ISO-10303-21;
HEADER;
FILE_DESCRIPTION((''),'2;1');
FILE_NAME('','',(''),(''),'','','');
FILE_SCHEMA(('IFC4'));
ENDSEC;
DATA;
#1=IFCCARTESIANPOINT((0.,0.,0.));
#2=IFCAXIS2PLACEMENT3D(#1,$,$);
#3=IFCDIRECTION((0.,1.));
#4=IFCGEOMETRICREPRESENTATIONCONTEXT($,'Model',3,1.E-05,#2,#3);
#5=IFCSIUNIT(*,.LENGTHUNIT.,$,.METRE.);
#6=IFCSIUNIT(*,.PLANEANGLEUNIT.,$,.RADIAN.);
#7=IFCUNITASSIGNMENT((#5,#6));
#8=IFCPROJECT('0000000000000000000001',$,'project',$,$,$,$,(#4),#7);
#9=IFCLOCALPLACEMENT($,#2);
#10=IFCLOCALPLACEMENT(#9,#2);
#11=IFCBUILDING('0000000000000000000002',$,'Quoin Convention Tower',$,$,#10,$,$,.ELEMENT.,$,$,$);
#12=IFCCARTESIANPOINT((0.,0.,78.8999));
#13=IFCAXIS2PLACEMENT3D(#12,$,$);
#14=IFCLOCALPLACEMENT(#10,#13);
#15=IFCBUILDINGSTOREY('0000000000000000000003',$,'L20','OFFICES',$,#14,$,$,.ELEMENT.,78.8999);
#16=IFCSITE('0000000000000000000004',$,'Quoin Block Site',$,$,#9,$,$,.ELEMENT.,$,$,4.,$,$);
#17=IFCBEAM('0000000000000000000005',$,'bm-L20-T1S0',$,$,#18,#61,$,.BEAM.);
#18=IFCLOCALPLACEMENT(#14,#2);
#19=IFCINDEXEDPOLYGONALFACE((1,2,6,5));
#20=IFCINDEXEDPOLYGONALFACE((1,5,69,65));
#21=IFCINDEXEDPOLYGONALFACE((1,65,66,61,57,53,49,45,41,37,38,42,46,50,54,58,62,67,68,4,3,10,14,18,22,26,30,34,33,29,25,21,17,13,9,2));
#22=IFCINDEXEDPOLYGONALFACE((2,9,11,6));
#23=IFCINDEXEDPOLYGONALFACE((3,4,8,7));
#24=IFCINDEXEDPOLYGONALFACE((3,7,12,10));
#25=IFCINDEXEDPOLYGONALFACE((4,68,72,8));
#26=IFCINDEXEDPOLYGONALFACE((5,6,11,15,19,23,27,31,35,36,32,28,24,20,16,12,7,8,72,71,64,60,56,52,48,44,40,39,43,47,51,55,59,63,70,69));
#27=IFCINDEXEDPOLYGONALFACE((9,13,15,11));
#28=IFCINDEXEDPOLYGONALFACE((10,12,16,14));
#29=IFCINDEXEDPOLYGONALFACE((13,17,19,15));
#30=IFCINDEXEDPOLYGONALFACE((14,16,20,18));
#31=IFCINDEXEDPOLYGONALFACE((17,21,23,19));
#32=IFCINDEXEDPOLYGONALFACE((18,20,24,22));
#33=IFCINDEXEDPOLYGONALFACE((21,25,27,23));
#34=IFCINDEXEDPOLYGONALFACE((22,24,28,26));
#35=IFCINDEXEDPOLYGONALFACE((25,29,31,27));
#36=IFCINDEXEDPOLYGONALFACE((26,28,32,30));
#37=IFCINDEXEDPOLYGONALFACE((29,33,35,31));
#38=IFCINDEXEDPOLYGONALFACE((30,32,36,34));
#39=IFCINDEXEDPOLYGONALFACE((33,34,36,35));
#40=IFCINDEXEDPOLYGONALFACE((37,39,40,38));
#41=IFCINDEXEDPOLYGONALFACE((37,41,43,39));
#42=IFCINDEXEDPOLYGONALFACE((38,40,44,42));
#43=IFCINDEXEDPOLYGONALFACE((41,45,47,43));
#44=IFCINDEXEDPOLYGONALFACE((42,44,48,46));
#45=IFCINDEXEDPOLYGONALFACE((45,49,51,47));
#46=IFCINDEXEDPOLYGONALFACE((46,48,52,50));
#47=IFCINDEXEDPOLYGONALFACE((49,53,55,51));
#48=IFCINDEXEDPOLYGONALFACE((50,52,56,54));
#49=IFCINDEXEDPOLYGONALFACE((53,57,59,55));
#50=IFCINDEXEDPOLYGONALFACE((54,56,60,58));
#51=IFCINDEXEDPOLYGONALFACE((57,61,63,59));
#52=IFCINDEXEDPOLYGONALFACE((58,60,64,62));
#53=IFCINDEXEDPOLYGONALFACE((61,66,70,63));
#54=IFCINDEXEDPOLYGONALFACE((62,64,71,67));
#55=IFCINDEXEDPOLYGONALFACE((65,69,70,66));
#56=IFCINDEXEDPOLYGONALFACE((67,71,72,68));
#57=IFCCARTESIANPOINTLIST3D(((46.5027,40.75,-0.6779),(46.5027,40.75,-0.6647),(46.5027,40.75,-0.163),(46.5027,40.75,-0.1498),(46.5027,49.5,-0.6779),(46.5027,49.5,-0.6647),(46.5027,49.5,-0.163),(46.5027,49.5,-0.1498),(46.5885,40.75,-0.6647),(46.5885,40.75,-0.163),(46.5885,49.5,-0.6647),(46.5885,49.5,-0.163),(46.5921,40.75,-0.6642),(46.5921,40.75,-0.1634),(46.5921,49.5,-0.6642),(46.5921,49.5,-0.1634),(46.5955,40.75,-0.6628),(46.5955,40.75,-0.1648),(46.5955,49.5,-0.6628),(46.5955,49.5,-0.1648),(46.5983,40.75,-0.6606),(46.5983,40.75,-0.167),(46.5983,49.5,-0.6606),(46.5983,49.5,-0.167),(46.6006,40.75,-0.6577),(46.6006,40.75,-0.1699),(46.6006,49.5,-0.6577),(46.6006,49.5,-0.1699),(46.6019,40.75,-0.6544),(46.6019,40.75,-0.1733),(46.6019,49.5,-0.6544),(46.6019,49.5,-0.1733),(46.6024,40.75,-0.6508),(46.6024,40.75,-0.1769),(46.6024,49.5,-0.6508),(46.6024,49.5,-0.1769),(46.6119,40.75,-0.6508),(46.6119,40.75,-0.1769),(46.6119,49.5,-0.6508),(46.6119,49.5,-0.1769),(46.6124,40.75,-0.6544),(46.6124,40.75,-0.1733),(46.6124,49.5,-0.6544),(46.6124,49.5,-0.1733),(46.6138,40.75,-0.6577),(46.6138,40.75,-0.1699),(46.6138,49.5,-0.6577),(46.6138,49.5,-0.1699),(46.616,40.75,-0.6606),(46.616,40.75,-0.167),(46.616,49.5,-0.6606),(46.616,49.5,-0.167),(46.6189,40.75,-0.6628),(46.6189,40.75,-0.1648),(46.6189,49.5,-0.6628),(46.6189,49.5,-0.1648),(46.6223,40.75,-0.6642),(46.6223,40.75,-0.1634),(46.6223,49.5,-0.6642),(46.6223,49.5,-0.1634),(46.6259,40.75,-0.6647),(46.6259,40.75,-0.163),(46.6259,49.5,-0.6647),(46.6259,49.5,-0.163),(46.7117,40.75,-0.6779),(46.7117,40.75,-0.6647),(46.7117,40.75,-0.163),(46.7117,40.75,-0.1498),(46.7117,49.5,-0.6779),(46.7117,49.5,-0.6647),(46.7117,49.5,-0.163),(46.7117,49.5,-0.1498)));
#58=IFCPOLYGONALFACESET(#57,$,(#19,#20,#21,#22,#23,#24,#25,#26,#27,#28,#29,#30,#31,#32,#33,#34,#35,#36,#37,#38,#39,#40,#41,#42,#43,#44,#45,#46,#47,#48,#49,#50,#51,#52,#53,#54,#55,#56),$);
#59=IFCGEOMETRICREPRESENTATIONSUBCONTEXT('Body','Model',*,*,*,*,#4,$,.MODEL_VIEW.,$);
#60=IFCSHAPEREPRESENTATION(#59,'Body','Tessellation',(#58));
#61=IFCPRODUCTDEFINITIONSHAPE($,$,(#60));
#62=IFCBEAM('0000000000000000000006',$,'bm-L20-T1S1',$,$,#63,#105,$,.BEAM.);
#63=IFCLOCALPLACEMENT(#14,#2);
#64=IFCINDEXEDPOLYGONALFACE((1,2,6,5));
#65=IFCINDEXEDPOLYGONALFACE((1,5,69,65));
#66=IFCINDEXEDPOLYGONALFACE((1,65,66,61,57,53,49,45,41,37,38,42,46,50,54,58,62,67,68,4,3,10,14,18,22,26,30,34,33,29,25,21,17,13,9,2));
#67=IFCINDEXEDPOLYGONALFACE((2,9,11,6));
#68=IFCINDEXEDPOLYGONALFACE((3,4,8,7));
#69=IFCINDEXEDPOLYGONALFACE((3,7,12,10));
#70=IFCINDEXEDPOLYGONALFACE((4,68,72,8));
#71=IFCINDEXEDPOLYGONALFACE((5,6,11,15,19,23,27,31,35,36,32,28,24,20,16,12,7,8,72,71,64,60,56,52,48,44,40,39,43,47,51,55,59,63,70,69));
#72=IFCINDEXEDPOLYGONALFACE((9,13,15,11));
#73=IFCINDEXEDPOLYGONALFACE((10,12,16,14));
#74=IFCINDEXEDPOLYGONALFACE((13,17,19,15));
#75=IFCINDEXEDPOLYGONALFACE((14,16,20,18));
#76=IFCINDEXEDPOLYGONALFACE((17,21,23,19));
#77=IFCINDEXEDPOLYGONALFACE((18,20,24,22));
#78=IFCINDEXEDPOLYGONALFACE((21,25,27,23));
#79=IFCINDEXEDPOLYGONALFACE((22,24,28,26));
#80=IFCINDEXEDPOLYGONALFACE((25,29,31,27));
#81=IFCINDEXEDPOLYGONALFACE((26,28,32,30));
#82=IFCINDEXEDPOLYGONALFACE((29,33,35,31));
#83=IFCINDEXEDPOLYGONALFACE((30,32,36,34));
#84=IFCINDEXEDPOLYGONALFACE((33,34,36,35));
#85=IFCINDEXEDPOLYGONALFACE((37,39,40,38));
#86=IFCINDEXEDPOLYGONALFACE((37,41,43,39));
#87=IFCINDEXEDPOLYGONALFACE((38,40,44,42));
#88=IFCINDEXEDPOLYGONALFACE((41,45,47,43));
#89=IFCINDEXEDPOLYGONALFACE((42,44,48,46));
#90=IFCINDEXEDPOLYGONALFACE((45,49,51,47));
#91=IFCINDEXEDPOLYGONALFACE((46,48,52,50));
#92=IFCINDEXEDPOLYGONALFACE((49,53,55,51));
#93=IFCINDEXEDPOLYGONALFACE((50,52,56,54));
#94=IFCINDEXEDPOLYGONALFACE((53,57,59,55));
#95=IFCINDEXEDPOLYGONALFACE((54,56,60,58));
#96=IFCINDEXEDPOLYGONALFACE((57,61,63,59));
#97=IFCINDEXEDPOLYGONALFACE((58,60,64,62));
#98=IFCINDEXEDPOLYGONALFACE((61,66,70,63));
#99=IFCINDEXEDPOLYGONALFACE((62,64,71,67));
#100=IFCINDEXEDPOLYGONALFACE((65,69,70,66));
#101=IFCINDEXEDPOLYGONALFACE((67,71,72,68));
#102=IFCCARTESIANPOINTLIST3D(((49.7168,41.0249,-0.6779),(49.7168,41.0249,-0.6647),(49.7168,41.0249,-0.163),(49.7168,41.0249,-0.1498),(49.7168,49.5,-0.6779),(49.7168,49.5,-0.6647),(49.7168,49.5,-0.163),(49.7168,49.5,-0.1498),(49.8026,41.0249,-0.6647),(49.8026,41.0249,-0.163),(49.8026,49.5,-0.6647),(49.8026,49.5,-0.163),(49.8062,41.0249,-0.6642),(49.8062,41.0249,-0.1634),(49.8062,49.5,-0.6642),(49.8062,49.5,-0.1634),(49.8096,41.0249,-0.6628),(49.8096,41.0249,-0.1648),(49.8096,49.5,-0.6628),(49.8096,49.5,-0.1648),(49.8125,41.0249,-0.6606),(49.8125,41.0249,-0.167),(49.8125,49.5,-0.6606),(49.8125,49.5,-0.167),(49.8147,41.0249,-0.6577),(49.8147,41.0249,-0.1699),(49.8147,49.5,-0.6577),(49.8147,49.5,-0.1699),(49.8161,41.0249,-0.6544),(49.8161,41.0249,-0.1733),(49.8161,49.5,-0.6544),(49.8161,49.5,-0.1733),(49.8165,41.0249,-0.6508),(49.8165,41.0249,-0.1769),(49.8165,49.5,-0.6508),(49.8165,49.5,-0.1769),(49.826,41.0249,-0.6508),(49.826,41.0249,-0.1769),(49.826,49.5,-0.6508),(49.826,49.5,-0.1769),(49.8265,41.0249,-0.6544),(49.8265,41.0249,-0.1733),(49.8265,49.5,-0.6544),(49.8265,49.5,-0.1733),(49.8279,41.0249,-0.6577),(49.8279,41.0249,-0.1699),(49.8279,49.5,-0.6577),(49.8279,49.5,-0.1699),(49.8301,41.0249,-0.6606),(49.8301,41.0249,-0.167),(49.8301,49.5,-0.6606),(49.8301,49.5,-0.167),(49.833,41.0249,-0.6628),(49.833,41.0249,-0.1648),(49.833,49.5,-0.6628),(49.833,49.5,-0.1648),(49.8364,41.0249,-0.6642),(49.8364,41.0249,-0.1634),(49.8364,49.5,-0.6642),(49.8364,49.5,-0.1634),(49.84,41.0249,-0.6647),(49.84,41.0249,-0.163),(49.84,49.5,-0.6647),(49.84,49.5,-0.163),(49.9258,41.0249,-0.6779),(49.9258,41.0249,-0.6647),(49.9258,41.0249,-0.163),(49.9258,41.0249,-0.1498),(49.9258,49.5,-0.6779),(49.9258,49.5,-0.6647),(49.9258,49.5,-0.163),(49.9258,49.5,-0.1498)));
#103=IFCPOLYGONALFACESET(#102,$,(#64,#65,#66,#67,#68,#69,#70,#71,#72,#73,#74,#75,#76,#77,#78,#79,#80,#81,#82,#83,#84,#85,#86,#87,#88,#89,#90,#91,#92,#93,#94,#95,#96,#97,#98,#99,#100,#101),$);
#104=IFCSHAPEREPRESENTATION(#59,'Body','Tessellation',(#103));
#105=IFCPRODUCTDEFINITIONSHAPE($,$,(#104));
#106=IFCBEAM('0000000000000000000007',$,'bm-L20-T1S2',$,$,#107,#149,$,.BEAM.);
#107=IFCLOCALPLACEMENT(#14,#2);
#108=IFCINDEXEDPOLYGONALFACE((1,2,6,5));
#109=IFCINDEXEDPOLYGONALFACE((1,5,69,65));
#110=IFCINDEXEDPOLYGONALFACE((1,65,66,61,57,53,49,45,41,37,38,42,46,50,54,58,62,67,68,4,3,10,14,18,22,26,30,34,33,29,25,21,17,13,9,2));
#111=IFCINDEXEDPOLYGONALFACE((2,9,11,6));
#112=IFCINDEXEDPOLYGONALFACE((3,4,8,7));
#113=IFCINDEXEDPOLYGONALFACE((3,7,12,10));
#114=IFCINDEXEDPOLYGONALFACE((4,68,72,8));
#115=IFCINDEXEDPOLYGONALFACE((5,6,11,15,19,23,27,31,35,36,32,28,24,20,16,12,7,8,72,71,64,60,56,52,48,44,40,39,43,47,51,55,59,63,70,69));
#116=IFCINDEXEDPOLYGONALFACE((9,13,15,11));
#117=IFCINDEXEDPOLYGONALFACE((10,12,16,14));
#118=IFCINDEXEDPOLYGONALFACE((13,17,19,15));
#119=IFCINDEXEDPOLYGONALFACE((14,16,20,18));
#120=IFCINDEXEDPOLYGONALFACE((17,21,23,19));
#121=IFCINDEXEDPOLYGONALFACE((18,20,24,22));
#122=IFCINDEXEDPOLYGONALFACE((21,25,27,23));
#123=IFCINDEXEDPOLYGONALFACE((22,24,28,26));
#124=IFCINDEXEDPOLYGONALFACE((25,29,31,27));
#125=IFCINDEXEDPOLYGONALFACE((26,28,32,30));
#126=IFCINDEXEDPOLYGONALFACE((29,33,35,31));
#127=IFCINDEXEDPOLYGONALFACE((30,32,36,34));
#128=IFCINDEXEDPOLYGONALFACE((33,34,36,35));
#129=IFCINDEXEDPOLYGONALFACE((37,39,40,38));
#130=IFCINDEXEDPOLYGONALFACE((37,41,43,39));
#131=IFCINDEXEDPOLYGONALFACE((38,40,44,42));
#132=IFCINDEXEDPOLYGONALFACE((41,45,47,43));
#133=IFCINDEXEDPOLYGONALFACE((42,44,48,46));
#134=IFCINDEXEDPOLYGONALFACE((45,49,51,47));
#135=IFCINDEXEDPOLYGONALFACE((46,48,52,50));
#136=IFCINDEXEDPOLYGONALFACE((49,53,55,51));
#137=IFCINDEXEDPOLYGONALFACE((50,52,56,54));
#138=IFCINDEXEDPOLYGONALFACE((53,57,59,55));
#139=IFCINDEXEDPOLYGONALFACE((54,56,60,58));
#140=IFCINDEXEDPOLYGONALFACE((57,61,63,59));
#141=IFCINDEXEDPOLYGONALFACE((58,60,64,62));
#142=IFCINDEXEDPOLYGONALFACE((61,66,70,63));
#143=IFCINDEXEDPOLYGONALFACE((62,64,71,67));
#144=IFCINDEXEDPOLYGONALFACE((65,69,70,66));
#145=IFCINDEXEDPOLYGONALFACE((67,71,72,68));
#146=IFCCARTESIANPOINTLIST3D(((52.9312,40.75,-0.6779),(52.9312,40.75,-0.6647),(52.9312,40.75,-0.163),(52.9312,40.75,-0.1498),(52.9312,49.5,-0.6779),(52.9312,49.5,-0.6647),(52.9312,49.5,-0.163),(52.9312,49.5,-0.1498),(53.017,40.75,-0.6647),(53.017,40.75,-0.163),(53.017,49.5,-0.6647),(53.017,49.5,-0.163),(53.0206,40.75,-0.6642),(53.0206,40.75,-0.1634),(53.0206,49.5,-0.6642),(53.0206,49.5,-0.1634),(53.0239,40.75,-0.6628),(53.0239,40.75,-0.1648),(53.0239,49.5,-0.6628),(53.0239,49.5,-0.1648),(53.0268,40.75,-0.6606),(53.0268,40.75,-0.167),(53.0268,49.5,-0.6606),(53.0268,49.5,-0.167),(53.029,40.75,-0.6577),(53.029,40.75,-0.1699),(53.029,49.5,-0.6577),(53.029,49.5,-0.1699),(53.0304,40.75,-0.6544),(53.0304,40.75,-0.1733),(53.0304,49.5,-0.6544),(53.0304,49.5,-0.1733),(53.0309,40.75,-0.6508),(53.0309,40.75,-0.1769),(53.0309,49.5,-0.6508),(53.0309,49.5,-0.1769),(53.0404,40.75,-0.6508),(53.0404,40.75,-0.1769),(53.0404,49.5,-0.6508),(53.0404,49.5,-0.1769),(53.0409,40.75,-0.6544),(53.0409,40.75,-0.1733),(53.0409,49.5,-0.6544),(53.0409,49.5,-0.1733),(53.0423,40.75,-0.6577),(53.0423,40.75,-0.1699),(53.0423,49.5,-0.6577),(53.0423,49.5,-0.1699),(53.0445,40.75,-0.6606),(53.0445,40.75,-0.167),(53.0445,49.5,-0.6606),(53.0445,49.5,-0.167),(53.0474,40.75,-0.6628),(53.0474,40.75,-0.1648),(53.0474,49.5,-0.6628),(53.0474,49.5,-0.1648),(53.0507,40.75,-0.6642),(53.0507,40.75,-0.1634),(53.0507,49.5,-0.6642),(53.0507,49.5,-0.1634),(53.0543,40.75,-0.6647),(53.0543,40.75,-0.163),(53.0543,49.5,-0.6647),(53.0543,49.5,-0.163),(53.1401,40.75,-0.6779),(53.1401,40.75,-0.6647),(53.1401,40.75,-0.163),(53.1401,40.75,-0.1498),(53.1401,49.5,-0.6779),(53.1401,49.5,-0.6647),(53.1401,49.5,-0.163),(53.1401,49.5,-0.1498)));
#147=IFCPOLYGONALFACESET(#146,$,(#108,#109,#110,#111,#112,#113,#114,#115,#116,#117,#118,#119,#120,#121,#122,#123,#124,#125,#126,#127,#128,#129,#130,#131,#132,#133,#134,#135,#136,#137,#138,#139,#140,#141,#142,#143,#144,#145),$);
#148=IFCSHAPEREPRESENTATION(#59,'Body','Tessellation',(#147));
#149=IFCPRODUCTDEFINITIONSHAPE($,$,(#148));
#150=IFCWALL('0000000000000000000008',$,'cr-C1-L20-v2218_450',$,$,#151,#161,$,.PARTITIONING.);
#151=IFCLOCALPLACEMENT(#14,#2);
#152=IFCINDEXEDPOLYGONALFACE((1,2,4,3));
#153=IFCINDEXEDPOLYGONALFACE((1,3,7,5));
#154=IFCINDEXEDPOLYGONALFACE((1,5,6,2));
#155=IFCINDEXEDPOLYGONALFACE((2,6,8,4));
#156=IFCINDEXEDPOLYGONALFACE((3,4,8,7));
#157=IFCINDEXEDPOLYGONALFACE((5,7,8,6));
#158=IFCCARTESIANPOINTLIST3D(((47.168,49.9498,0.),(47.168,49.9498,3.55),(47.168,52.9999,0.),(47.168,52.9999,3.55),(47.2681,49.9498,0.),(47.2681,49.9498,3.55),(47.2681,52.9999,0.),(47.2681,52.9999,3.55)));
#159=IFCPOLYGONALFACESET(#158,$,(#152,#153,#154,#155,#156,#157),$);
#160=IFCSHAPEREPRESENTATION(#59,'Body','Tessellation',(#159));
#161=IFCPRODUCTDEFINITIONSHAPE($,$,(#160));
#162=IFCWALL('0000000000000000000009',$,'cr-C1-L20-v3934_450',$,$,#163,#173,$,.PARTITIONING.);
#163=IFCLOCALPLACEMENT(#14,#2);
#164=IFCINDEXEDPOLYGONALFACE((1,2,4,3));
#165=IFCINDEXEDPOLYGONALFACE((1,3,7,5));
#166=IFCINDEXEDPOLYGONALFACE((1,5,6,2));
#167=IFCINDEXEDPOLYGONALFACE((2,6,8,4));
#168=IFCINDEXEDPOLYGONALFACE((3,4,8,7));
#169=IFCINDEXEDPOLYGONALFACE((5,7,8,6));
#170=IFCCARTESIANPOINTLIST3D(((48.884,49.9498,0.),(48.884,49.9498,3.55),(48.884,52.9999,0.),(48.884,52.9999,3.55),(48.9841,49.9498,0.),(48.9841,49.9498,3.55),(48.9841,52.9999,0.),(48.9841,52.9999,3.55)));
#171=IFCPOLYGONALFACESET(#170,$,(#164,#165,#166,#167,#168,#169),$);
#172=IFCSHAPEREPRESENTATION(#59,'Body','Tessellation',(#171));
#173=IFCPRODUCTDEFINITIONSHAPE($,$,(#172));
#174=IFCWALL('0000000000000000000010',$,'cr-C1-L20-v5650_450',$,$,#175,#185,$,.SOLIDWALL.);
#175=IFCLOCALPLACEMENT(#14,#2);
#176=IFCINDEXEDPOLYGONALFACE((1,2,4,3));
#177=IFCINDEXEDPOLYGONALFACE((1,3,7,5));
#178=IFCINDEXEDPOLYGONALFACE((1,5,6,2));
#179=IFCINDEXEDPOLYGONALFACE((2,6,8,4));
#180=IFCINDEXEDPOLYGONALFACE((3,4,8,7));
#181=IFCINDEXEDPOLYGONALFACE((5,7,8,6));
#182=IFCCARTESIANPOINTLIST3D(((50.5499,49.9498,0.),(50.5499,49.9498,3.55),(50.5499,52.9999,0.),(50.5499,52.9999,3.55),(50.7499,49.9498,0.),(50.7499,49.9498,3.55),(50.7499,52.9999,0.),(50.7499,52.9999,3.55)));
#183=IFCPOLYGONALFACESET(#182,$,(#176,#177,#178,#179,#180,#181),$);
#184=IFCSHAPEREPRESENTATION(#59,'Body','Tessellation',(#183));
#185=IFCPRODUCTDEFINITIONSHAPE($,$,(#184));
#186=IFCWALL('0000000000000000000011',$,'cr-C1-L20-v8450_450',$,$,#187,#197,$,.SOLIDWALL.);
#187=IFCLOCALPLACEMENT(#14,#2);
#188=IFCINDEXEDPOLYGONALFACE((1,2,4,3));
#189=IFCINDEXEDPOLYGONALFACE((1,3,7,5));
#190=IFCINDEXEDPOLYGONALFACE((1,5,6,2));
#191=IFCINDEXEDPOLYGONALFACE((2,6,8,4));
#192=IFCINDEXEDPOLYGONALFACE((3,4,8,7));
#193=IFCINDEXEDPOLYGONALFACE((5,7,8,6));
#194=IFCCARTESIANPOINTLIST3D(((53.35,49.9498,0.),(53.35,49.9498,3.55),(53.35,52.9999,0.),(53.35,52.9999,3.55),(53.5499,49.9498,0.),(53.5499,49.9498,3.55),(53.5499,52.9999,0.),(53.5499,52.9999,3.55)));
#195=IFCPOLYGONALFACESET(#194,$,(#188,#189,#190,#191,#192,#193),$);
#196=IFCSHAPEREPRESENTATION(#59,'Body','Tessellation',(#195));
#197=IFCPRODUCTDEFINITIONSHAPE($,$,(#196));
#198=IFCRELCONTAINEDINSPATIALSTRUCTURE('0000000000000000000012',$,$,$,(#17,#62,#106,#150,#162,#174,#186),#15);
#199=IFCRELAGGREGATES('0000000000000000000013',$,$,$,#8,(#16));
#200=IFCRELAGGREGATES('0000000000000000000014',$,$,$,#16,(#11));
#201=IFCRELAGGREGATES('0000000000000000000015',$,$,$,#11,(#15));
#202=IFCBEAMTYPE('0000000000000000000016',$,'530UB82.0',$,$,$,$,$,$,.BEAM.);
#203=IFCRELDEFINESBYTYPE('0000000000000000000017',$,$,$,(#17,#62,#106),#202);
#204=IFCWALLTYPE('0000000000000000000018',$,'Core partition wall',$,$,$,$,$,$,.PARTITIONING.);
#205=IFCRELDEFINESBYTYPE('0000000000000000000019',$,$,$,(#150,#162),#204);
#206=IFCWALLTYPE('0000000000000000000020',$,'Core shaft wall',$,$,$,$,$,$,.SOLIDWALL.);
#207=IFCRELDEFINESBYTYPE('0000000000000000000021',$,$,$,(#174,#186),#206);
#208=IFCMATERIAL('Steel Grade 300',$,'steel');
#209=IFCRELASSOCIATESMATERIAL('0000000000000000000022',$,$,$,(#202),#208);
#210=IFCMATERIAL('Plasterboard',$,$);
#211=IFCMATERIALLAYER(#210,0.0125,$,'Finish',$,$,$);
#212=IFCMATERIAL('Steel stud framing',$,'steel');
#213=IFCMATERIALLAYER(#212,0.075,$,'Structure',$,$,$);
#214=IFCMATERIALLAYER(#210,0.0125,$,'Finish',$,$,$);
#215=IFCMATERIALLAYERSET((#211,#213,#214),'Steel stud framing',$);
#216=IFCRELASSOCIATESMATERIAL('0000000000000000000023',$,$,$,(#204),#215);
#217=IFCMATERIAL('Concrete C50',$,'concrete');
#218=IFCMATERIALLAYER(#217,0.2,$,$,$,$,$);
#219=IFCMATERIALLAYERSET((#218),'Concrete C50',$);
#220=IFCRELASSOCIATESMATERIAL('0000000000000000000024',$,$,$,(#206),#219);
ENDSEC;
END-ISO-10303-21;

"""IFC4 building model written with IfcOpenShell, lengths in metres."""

from ifc_helpers import new_model, si_unit, direction, frame, frame_2d, origin, origin_2d, place, context, subcontext, project, spatial, rectangle, i_section, extrude, material, layer, layer_set, material_profile, profile_set, type_object, element, save


model = new_model("IFC4")

# Units and contexts
model_context = context("Model", 3, precision=1e-05, world=origin(), true_north=direction((0.0, 1.0)))
body_context = subcontext(model_context, "Body", "Model", "MODEL_VIEW")
ifc_project = project(units=[si_unit("LENGTHUNIT", "METRE"), si_unit("PLANEANGLEUNIT", "RADIAN")], contexts=[model_context])

# Site, building, storey
site_placement = place(None, origin())
site = spatial("IfcSite", under=ifc_project, at=site_placement, Name="Quoin Block Site", CompositionType="ELEMENT", RefElevation=4.0)
building_placement = place(site_placement, origin())
building = spatial("IfcBuilding", under=site, at=building_placement, Name="Quoin Convention Tower", CompositionType="ELEMENT")
storey_placement = place(building_placement, frame((0.0, 0.0, 78.8999)))
storey = spatial("IfcBuildingStorey", under=building, at=storey_placement, Name="L20", Description="OFFICES", CompositionType="ELEMENT", Elevation=78.8999)

# Beams
ifc_material_1 = material(Name="Steel Grade 300", Category="steel")
ifc_material_profile = material_profile(ifc_material_1, i_section(OverallWidth=0.209, OverallDepth=0.5281, WebThickness=0.0095, FlangeThickness=0.0132, FilletRadius=0.0139, at=origin_2d()), Name="530UB82.0")
ifc_profile_set = profile_set([ifc_material_profile], Name="Steel Grade 300")
beam_type = type_object("IfcBeamType", Name="530UB82.0", PredefinedType="BEAM", material=ifc_profile_set)
beam_1_placement = place(storey_placement, frame((46.6072, 40.75, -0.4138), z_axis=(0.0, 1.0, 0.0), x_axis=(-1.0, 0.0, 0.0)))
element("IfcBeam", 1, at=beam_1_placement, inside=storey, type_object=beam_type, Name="bm-L20-T1S0", PredefinedType="BEAM", context=body_context, shape_type="SweptSolid", body=[
    extrude(i_section(OverallWidth=0.209, OverallDepth=0.5281, WebThickness=0.0095, FlangeThickness=0.0132, FilletRadius=0.0139, at=origin_2d()), origin(), (0.0, 0.0, 1.0), 8.75),
])
beam_2_placement = place(storey_placement, frame((49.8213, 41.0249, -0.4138), z_axis=(0.0, 1.0, 0.0), x_axis=(-1.0, 0.0, 0.0)))
element("IfcBeam", 2, at=beam_2_placement, inside=storey, type_object=beam_type, Name="bm-L20-T1S1", PredefinedType="BEAM", context=body_context, shape_type="SweptSolid", body=[
    extrude(i_section(OverallWidth=0.209, OverallDepth=0.5281, WebThickness=0.0095, FlangeThickness=0.0132, FilletRadius=0.0139, at=origin_2d()), origin(), (0.0, 0.0, 1.0), 8.4751),
])
beam_3_placement = place(storey_placement, frame((53.0356, 40.75, -0.4138), z_axis=(0.0, 1.0, 0.0), x_axis=(-1.0, 0.0, 0.0)))
element("IfcBeam", 3, at=beam_3_placement, inside=storey, type_object=beam_type, Name="bm-L20-T1S2", PredefinedType="BEAM", context=body_context, shape_type="SweptSolid", body=[
    extrude(i_section(OverallWidth=0.209, OverallDepth=0.5281, WebThickness=0.0095, FlangeThickness=0.0132, FilletRadius=0.0139, at=origin_2d()), origin(), (0.0, 0.0, 1.0), 8.75),
])

# Walls
ifc_material_2 = material(Name="Plasterboard")
ifc_layer_1 = layer(ifc_material_2, 0.0125, Name="Finish")
ifc_material_3 = material(Name="Steel stud framing", Category="steel")
ifc_layer_2 = layer(ifc_material_3, 0.075, Name="Structure")
ifc_layer_3 = layer(ifc_material_2, 0.0125, Name="Finish")
ifc_layer_set_1 = layer_set([ifc_layer_1, ifc_layer_2, ifc_layer_3], Name="Steel stud framing")
wall_type_1 = type_object("IfcWallType", Name="Core partition wall", PredefinedType="PARTITIONING", material=ifc_layer_set_1)
for number, where, z_axis, x_axis, name in (
    (4, (47.218, 49.95, 0.0), (0.0, 0.0, 1.0), (0.0, 1.0, 0.0), "cr-C1-L20-v2218_450"),
    (5, (48.9341, 49.95, 0.0), (0.0, 0.0, 1.0), (0.0, 1.0, 0.0), "cr-C1-L20-v3934_450"),
):
    element("IfcWall", number, at=place(storey_placement, frame(where, z_axis=z_axis, x_axis=x_axis)), inside=storey, type_object=wall_type_1, Name=name, PredefinedType="PARTITIONING", context=body_context, shape_type="SweptSolid", body=[
        extrude(rectangle(XDim=3.05, YDim=0.1001, at=frame_2d((1.5249, 0.0))), origin(), (0.0, 0.0, 1.0), 3.55),
    ])
ifc_material_4 = material(Name="Concrete C50", Category="concrete")
ifc_layer_4 = layer(ifc_material_4, 0.2)
ifc_layer_set_2 = layer_set([ifc_layer_4], Name="Concrete C50")
wall_type_2 = type_object("IfcWallType", Name="Core shaft wall", PredefinedType="SOLIDWALL", material=ifc_layer_set_2)
for number, where, z_axis, x_axis, name in (
    (6, (50.6499, 49.95, 0.0), (0.0, 0.0, 1.0), (0.0, 1.0, 0.0), "cr-C1-L20-v5650_450"),
    (7, (53.45, 49.95, 0.0), (0.0, 0.0, 1.0), (0.0, 1.0, 0.0), "cr-C1-L20-v8450_450"),
):
    element("IfcWall", number, at=place(storey_placement, frame(where, z_axis=z_axis, x_axis=x_axis)), inside=storey, type_object=wall_type_2, Name=name, PredefinedType="SOLIDWALL", context=body_context, shape_type="SweptSolid", body=[
        extrude(rectangle(XDim=3.05, YDim=0.2, at=frame_2d((1.5249, 0.0))), origin(), (0.0, 0.0, 1.0), 3.55),
    ])

save(model, "model.ifc")
